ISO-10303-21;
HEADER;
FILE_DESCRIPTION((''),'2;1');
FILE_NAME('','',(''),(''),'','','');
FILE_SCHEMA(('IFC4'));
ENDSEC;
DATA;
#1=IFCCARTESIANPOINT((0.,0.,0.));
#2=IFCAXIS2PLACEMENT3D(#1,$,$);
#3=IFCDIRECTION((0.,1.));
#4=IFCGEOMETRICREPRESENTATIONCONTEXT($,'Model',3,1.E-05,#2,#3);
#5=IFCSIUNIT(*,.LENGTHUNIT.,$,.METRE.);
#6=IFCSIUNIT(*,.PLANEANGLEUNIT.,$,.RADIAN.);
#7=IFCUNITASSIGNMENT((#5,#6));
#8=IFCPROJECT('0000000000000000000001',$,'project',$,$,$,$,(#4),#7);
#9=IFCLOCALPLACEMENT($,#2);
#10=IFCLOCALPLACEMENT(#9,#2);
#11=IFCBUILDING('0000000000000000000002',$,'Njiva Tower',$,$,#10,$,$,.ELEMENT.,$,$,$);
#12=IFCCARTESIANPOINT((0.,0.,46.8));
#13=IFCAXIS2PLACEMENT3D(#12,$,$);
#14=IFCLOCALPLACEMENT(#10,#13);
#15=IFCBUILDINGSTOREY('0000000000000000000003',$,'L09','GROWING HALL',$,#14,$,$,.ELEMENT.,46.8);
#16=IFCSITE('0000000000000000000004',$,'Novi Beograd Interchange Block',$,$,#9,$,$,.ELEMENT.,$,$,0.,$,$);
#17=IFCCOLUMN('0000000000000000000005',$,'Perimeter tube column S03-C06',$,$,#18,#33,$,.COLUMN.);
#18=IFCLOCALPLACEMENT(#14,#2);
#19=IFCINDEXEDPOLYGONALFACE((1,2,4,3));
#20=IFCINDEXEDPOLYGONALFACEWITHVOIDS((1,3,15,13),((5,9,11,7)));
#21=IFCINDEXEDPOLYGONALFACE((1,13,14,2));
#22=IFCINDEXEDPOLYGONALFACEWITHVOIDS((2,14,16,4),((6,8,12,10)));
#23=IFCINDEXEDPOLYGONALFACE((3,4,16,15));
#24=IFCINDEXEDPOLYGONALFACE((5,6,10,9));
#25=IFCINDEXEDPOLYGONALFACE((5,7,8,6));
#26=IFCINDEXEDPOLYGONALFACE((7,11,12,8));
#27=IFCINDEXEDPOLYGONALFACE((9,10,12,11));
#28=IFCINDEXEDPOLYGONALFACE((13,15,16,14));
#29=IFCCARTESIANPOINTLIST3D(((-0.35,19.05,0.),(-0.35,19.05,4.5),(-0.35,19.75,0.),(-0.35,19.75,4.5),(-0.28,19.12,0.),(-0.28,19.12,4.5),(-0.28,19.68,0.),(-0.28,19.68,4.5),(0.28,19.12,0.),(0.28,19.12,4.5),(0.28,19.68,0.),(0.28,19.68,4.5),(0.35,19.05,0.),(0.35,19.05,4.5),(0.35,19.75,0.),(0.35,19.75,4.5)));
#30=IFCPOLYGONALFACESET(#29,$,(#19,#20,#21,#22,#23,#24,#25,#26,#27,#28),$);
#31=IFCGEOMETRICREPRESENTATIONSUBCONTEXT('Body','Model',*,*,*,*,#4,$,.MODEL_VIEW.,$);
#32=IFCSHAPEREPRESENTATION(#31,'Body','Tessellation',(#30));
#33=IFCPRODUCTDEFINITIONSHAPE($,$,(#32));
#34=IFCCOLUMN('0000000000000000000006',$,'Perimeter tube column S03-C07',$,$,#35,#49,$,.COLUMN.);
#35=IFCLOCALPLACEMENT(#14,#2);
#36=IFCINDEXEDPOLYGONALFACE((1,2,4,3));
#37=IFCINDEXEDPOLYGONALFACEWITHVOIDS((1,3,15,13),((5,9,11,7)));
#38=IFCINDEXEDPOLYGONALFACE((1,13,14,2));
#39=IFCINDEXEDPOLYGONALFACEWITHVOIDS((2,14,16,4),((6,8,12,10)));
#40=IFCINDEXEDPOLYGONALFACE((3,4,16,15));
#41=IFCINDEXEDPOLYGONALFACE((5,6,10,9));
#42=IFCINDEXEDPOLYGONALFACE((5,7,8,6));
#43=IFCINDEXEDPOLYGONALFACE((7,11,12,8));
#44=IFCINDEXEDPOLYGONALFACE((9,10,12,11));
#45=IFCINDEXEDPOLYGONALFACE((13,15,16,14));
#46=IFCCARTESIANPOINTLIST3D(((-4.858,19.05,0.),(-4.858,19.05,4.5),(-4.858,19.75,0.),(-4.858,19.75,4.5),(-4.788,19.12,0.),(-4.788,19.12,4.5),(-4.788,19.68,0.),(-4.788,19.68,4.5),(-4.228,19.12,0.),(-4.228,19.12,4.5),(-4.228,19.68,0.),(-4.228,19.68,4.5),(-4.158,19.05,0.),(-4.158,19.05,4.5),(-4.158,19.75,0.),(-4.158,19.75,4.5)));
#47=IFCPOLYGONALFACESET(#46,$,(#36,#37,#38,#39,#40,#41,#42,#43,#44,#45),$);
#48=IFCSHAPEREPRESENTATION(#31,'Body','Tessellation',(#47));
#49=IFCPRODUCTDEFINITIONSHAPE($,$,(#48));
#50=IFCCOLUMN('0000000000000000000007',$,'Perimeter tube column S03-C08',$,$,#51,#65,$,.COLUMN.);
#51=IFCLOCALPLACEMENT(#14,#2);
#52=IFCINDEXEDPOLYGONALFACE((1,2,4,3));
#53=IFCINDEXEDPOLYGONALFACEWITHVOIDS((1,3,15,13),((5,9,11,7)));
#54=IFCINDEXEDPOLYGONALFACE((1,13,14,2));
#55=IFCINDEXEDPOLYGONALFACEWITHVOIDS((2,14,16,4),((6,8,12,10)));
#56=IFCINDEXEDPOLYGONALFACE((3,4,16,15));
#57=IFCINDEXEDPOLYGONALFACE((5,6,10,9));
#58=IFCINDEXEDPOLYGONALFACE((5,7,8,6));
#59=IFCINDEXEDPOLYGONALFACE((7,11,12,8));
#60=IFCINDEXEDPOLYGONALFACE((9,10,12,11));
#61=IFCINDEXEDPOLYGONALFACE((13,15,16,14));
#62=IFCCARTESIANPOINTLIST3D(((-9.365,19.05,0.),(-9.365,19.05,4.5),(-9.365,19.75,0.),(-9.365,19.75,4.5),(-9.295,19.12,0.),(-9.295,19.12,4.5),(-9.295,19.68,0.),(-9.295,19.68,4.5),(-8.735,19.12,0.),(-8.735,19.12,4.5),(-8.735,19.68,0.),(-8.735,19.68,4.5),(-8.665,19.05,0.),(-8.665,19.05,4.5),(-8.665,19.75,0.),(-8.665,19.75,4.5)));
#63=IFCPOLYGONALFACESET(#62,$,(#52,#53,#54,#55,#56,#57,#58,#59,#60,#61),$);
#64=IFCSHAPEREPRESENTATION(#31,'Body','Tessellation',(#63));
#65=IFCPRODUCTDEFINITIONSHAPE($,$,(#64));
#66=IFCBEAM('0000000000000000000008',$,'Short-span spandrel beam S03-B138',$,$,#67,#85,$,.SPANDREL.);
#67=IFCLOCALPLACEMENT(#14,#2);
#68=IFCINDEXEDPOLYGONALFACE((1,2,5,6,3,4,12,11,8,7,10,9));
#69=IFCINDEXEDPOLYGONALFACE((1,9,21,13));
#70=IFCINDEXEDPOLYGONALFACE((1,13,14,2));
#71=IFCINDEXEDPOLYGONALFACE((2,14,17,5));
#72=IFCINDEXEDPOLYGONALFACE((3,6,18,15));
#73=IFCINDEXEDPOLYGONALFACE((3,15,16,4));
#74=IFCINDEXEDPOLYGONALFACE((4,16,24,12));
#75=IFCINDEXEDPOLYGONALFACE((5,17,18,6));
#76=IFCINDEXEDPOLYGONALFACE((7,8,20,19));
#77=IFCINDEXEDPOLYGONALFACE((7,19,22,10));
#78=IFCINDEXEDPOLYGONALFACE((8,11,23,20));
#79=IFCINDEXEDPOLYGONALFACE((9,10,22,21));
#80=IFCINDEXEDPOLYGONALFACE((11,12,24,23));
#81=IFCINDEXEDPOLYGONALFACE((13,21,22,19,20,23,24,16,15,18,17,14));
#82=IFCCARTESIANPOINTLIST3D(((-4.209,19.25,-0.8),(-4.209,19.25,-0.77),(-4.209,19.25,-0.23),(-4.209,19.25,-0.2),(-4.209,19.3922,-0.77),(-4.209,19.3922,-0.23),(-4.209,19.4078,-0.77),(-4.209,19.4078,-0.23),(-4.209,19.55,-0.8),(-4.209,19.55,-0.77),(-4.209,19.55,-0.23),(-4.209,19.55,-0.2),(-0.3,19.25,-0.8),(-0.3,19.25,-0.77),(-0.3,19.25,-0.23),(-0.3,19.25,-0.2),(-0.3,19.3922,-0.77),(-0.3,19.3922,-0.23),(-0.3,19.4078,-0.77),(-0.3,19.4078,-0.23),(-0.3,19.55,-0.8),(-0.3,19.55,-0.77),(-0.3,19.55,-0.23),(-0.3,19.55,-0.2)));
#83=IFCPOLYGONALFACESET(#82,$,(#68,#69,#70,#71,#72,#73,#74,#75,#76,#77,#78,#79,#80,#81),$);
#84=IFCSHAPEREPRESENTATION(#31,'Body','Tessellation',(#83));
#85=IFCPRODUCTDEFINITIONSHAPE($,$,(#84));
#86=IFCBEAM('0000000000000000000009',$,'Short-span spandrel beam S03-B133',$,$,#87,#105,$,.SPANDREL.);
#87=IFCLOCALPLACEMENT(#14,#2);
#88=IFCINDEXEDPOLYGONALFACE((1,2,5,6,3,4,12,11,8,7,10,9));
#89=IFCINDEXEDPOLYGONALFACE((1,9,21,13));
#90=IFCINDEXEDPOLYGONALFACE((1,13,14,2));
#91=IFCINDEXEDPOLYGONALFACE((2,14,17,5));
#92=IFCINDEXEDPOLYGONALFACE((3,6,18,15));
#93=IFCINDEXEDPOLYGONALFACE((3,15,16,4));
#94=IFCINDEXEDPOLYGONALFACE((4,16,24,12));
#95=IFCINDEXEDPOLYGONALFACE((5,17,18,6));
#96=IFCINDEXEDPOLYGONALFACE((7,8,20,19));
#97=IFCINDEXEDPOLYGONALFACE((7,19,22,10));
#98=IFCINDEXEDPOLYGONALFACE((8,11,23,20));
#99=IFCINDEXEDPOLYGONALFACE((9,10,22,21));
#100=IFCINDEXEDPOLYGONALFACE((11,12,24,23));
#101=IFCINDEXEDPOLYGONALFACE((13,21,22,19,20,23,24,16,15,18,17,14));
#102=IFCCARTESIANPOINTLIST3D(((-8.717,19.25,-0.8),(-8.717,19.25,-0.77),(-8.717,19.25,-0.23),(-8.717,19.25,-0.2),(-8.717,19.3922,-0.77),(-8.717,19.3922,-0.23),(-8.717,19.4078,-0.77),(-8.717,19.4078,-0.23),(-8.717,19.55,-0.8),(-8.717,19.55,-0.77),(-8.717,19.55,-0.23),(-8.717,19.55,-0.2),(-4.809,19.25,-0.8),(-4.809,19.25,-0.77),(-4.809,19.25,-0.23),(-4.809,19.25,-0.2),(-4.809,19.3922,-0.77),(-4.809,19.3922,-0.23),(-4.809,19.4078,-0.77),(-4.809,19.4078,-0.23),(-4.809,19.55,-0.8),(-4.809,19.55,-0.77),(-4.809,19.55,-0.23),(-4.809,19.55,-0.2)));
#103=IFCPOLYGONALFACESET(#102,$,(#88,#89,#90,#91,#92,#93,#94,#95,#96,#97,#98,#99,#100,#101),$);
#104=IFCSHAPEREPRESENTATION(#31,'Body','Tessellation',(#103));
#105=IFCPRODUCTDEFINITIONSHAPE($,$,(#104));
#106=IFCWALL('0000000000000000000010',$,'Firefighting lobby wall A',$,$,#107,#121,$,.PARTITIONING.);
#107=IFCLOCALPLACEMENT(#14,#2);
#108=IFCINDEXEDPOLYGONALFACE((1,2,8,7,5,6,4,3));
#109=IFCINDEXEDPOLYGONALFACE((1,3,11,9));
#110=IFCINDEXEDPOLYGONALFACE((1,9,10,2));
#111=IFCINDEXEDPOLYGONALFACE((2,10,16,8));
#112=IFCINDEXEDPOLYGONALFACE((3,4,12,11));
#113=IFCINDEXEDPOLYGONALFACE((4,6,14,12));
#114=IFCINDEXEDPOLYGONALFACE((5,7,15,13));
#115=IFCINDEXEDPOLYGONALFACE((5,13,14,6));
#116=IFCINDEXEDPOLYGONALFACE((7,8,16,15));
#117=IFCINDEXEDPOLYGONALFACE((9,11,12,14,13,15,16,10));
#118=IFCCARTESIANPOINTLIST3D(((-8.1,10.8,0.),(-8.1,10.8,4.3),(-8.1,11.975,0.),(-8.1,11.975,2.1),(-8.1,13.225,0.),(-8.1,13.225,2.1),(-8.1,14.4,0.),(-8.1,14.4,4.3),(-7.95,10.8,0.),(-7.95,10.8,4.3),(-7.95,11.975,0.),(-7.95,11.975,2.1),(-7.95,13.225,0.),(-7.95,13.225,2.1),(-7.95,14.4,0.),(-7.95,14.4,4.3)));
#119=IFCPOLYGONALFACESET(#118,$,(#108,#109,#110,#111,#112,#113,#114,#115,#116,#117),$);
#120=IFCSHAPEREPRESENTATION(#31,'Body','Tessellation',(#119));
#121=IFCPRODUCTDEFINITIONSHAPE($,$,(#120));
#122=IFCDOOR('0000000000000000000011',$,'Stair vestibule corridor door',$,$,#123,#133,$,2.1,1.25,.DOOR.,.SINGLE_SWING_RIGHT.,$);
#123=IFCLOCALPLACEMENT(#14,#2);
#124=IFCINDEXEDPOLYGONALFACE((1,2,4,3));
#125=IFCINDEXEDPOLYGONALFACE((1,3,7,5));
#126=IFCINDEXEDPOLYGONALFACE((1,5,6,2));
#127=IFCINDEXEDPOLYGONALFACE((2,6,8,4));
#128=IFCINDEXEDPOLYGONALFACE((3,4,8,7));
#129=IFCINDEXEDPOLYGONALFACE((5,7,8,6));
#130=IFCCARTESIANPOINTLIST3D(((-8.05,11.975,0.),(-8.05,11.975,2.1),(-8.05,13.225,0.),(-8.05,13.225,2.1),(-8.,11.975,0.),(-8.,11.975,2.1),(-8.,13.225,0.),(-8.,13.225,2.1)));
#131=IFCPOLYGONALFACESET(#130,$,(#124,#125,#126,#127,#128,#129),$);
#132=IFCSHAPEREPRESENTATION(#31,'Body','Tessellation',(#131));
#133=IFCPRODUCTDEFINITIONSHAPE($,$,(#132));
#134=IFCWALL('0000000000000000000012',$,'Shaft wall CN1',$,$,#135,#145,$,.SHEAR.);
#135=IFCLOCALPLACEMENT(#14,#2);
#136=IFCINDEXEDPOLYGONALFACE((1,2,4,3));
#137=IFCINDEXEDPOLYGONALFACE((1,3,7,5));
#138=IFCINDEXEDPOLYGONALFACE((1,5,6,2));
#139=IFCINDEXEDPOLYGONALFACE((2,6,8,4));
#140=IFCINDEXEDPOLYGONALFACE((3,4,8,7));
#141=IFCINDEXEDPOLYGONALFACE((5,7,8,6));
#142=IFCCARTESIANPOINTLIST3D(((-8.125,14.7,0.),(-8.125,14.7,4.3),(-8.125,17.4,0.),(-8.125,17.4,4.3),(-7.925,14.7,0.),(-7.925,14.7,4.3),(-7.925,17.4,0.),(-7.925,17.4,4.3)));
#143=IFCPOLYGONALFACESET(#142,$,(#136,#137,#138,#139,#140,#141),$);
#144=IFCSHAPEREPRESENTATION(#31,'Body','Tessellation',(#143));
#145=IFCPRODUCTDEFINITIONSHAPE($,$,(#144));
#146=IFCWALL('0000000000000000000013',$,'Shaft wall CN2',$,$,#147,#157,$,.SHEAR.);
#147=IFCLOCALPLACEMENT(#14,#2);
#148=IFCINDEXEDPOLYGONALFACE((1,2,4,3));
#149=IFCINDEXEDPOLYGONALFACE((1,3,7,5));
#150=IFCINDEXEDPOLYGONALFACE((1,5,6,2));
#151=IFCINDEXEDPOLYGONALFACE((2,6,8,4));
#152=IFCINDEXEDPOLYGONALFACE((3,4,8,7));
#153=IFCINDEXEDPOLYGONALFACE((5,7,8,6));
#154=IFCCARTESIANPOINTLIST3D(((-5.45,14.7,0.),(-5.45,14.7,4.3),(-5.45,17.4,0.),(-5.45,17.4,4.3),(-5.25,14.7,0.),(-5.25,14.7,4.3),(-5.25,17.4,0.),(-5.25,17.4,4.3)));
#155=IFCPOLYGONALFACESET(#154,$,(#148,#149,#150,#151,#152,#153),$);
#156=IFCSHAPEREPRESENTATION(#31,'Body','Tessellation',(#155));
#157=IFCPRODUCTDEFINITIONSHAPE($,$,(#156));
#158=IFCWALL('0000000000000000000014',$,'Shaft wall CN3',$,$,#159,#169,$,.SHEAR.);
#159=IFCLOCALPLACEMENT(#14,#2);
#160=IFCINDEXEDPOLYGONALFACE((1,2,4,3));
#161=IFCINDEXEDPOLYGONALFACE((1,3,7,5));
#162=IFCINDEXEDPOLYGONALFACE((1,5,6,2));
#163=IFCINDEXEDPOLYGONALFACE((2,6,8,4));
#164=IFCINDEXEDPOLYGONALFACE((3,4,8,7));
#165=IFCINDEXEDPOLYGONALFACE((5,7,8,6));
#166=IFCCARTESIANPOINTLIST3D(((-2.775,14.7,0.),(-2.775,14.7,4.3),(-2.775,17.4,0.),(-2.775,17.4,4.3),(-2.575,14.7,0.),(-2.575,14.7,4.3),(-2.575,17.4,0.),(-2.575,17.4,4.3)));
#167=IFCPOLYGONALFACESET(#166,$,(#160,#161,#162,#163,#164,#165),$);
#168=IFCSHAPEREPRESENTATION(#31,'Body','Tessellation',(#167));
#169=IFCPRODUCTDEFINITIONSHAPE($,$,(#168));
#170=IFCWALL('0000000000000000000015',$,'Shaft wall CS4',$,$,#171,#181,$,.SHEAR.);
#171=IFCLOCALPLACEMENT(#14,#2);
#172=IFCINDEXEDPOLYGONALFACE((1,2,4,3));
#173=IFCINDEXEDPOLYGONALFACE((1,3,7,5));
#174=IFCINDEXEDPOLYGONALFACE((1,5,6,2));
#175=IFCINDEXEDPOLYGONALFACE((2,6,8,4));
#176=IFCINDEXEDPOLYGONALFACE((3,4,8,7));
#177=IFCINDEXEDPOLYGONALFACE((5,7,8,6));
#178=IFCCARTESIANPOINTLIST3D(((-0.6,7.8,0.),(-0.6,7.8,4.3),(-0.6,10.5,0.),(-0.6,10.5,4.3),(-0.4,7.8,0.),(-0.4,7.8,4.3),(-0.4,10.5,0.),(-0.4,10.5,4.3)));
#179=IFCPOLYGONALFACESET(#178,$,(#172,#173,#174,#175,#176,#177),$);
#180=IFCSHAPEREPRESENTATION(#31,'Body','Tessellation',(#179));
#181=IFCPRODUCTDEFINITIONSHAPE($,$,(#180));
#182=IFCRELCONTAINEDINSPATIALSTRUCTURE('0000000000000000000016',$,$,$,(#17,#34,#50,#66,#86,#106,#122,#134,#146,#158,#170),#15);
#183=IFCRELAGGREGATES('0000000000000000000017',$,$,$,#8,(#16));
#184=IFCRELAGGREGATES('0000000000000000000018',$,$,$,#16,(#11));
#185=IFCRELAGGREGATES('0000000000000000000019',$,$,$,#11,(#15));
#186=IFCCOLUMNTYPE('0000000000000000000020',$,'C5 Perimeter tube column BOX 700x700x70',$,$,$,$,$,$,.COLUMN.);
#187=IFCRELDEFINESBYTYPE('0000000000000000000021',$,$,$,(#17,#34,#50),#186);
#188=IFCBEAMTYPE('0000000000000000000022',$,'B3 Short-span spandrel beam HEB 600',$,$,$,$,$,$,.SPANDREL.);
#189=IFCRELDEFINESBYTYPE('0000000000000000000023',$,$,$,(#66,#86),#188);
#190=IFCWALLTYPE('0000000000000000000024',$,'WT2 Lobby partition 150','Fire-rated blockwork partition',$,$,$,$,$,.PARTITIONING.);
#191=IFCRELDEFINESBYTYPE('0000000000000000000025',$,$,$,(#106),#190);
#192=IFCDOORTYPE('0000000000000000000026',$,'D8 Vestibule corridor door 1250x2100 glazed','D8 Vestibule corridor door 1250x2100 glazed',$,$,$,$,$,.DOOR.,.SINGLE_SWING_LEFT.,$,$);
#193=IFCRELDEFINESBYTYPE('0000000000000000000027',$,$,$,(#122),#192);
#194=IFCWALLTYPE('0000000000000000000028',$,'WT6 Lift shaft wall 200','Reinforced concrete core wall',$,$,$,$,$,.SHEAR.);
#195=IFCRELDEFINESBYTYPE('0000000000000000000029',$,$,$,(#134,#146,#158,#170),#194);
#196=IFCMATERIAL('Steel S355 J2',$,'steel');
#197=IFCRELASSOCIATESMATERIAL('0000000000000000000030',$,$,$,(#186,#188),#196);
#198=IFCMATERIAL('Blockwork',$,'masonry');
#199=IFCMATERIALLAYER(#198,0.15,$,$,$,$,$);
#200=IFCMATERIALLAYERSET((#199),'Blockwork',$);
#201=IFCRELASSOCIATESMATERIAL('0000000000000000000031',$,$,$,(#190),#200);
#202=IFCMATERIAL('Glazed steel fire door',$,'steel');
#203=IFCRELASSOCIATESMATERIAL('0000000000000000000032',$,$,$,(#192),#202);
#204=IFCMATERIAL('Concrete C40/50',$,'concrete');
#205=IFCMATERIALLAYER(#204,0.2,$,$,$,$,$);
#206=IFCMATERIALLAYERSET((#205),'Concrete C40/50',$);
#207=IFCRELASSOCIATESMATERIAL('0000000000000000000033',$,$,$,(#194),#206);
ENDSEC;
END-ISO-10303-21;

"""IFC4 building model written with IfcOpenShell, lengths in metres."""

from ifc_helpers import new_model, si_unit, direction, frame, frame_2d, origin, origin_2d, place, context, subcontext, project, spatial, rectangle, hollow_rectangle, i_section, extrude, material, layer, layer_set, material_profile, profile_set, type_object, element, fill, save


model = new_model("IFC4")

# Units and contexts
model_context = context("Model", 3, precision=1e-05, world=origin(), true_north=direction((0.0, 1.0)))
body_context = subcontext(model_context, "Body", "Model", "MODEL_VIEW")
ifc_project = project(units=[si_unit("LENGTHUNIT", "METRE"), si_unit("PLANEANGLEUNIT", "RADIAN")], contexts=[model_context])

# Site, building, storey
site_placement = place(None, origin())
site = spatial("IfcSite", under=ifc_project, at=site_placement, Name="Novi Beograd Interchange Block", CompositionType="ELEMENT", RefElevation=0.0)
building_placement = place(site_placement, origin())
building = spatial("IfcBuilding", under=site, at=building_placement, Name="Njiva Tower", CompositionType="ELEMENT")
storey_placement = place(building_placement, frame((0.0, 0.0, 46.8)))
storey = spatial("IfcBuildingStorey", under=building, at=storey_placement, Name="L09", Description="GROWING HALL", CompositionType="ELEMENT", Elevation=46.8)

# Columns
ifc_material_1 = material(Name="Steel S355 J2", Category="steel")
ifc_material_profile_1 = material_profile(ifc_material_1, hollow_rectangle(XDim=0.7, YDim=0.7, WallThickness=0.07, at=origin_2d()), Name="BOX 700x700x70")
ifc_profile_set_1 = profile_set([ifc_material_profile_1], Name="Steel S355 J2")
column_type = type_object("IfcColumnType", Name="C5 Perimeter tube column BOX 700x700x70", PredefinedType="COLUMN", material=ifc_profile_set_1)
for number, where, z_axis, x_axis, name in (
    (1, (0.0, 19.4, 0.0), (0.0, 0.0, 1.0), (-1.0, 0.0, 0.0), "Perimeter tube column S03-C06"),
    (2, (-4.508, 19.4, 0.0), (0.0, 0.0, 1.0), (-1.0, 0.0, 0.0), "Perimeter tube column S03-C07"),
    (3, (-9.015, 19.4, 0.0), (0.0, 0.0, 1.0), (-1.0, 0.0, 0.0), "Perimeter tube column S03-C08"),
):
    element("IfcColumn", number, at=place(storey_placement, frame(where, z_axis=z_axis, x_axis=x_axis)), inside=storey, type_object=column_type, Name=name, PredefinedType="COLUMN", context=body_context, shape_type="SweptSolid", body=[
        extrude(hollow_rectangle(XDim=0.7, YDim=0.7, WallThickness=0.07, at=origin_2d()), origin(), (0.0, 0.0, 1.0), 4.5),
    ])

# Beams
ifc_material_profile_2 = material_profile(ifc_material_1, i_section(OverallWidth=0.3, OverallDepth=0.6, WebThickness=0.0155, FlangeThickness=0.03, at=origin_2d()), Name="HEB 600")
ifc_profile_set_2 = profile_set([ifc_material_profile_2], Name="Steel S355 J2")
beam_type = type_object("IfcBeamType", Name="B3 Short-span spandrel beam HEB 600", PredefinedType="SPANDREL", material=ifc_profile_set_2)
beam_1_placement = place(storey_placement, frame((-0.3, 19.4, -0.5), z_axis=(-1.0, 0.0, 0.0), x_axis=(0.0, -1.0, 0.0)))
element("IfcBeam", 4, at=beam_1_placement, inside=storey, type_object=beam_type, Name="Short-span spandrel beam S03-B138", PredefinedType="SPANDREL", context=body_context, shape_type="SweptSolid", body=[
    extrude(i_section(OverallWidth=0.3, OverallDepth=0.6, WebThickness=0.0155, FlangeThickness=0.03, at=origin_2d()), origin(), (0.0, 0.0, 1.0), 3.909),
])
beam_2_placement = place(storey_placement, frame((-4.809, 19.4, -0.5), z_axis=(-1.0, 0.0, 0.0), x_axis=(0.0, -1.0, 0.0)))
element("IfcBeam", 5, at=beam_2_placement, inside=storey, type_object=beam_type, Name="Short-span spandrel beam S03-B133", PredefinedType="SPANDREL", context=body_context, shape_type="SweptSolid", body=[
    extrude(i_section(OverallWidth=0.3, OverallDepth=0.6, WebThickness=0.0155, FlangeThickness=0.03, at=origin_2d()), origin(), (0.0, 0.0, 1.0), 3.908),
])

# Wall, opening, door
ifc_material_2 = material(Name="Blockwork", Category="masonry")
ifc_layer_1 = layer(ifc_material_2, 0.15)
ifc_layer_set_1 = layer_set([ifc_layer_1], Name="Blockwork")
wall_type_1 = type_object("IfcWallType", Name="WT2 Lobby partition 150", Description="Fire-rated blockwork partition", PredefinedType="PARTITIONING", material=ifc_layer_set_1)
wall_placement = place(storey_placement, frame((-8.025, 10.8, 0.0), z_axis=(0.0, 0.0, 1.0), x_axis=(0.0, 1.0, 0.0)))
wall = element("IfcWall", 6, at=wall_placement, inside=storey, type_object=wall_type_1, Name="Firefighting lobby wall A", PredefinedType="PARTITIONING", context=body_context, shape_type="SweptSolid", body=[
    extrude(rectangle(XDim=3.6, YDim=0.15, at=frame_2d((1.8, 0.0))), origin(), (0.0, 0.0, 1.0), 4.3),
])
opening_placement = place(wall_placement, frame((1.175, 0.0, 0.0)))
opening = element("IfcOpeningElement", 7, at=opening_placement, cuts=wall, PredefinedType="OPENING", context=body_context, shape_type="SweptSolid", body=[
    extrude(rectangle(XDim=1.25, YDim=2.1, at=frame_2d((0.625, 1.05))), frame((0.0, 0.085, 0.0), z_axis=(0.0, -1.0, 0.0), x_axis=(1.0, 0.0, 0.0)), (0.0, 0.0, 1.0), 0.17),
])
ifc_material_3 = material(Name="Glazed steel fire door", Category="steel")
door_type = type_object("IfcDoorType", Name="D8 Vestibule corridor door 1250x2100 glazed", Description="D8 Vestibule corridor door 1250x2100 glazed", OperationType="SINGLE_SWING_LEFT", PredefinedType="DOOR", material=ifc_material_3)
door_placement = place(opening_placement, origin())
door = element("IfcDoor", 8, at=door_placement, inside=storey, type_object=door_type, Name="Stair vestibule corridor door", OperationType="SINGLE_SWING_RIGHT", OverallHeight=2.1, OverallWidth=1.25, PredefinedType="DOOR", context=body_context, shape_type="SweptSolid", body=[
    extrude(rectangle(XDim=1.25, YDim=2.1, at=frame_2d((0.625, 1.05))), frame((0.0, 0.025, 0.0), z_axis=(0.0, -1.0, 0.0), x_axis=(1.0, 0.0, 0.0)), (0.0, 0.0, 1.0), 0.05),
])
fill(opening, door)

# Walls
ifc_material_4 = material(Name="Concrete C40/50", Category="concrete")
ifc_layer_2 = layer(ifc_material_4, 0.2)
ifc_layer_set_2 = layer_set([ifc_layer_2], Name="Concrete C40/50")
wall_type_2 = type_object("IfcWallType", Name="WT6 Lift shaft wall 200", Description="Reinforced concrete core wall", PredefinedType="SHEAR", material=ifc_layer_set_2)
for number, where, z_axis, x_axis, name in (
    (9, (-8.025, 14.7, 0.0), (0.0, 0.0, 1.0), (0.0, 1.0, 0.0), "Shaft wall CN1"),
    (10, (-5.35, 14.7, 0.0), (0.0, 0.0, 1.0), (0.0, 1.0, 0.0), "Shaft wall CN2"),
    (11, (-2.675, 14.7, 0.0), (0.0, 0.0, 1.0), (0.0, 1.0, 0.0), "Shaft wall CN3"),
    (12, (-0.5, 7.8, 0.0), (0.0, 0.0, 1.0), (0.0, 1.0, 0.0), "Shaft wall CS4"),
):
    element("IfcWall", number, at=place(storey_placement, frame(where, z_axis=z_axis, x_axis=x_axis)), inside=storey, type_object=wall_type_2, Name=name, PredefinedType="SHEAR", context=body_context, shape_type="SweptSolid", body=[
        extrude(rectangle(XDim=2.7, YDim=0.2, at=frame_2d((1.35, 0.0))), origin(), (0.0, 0.0, 1.0), 4.3),
    ])

save(model, "model.ifc")
